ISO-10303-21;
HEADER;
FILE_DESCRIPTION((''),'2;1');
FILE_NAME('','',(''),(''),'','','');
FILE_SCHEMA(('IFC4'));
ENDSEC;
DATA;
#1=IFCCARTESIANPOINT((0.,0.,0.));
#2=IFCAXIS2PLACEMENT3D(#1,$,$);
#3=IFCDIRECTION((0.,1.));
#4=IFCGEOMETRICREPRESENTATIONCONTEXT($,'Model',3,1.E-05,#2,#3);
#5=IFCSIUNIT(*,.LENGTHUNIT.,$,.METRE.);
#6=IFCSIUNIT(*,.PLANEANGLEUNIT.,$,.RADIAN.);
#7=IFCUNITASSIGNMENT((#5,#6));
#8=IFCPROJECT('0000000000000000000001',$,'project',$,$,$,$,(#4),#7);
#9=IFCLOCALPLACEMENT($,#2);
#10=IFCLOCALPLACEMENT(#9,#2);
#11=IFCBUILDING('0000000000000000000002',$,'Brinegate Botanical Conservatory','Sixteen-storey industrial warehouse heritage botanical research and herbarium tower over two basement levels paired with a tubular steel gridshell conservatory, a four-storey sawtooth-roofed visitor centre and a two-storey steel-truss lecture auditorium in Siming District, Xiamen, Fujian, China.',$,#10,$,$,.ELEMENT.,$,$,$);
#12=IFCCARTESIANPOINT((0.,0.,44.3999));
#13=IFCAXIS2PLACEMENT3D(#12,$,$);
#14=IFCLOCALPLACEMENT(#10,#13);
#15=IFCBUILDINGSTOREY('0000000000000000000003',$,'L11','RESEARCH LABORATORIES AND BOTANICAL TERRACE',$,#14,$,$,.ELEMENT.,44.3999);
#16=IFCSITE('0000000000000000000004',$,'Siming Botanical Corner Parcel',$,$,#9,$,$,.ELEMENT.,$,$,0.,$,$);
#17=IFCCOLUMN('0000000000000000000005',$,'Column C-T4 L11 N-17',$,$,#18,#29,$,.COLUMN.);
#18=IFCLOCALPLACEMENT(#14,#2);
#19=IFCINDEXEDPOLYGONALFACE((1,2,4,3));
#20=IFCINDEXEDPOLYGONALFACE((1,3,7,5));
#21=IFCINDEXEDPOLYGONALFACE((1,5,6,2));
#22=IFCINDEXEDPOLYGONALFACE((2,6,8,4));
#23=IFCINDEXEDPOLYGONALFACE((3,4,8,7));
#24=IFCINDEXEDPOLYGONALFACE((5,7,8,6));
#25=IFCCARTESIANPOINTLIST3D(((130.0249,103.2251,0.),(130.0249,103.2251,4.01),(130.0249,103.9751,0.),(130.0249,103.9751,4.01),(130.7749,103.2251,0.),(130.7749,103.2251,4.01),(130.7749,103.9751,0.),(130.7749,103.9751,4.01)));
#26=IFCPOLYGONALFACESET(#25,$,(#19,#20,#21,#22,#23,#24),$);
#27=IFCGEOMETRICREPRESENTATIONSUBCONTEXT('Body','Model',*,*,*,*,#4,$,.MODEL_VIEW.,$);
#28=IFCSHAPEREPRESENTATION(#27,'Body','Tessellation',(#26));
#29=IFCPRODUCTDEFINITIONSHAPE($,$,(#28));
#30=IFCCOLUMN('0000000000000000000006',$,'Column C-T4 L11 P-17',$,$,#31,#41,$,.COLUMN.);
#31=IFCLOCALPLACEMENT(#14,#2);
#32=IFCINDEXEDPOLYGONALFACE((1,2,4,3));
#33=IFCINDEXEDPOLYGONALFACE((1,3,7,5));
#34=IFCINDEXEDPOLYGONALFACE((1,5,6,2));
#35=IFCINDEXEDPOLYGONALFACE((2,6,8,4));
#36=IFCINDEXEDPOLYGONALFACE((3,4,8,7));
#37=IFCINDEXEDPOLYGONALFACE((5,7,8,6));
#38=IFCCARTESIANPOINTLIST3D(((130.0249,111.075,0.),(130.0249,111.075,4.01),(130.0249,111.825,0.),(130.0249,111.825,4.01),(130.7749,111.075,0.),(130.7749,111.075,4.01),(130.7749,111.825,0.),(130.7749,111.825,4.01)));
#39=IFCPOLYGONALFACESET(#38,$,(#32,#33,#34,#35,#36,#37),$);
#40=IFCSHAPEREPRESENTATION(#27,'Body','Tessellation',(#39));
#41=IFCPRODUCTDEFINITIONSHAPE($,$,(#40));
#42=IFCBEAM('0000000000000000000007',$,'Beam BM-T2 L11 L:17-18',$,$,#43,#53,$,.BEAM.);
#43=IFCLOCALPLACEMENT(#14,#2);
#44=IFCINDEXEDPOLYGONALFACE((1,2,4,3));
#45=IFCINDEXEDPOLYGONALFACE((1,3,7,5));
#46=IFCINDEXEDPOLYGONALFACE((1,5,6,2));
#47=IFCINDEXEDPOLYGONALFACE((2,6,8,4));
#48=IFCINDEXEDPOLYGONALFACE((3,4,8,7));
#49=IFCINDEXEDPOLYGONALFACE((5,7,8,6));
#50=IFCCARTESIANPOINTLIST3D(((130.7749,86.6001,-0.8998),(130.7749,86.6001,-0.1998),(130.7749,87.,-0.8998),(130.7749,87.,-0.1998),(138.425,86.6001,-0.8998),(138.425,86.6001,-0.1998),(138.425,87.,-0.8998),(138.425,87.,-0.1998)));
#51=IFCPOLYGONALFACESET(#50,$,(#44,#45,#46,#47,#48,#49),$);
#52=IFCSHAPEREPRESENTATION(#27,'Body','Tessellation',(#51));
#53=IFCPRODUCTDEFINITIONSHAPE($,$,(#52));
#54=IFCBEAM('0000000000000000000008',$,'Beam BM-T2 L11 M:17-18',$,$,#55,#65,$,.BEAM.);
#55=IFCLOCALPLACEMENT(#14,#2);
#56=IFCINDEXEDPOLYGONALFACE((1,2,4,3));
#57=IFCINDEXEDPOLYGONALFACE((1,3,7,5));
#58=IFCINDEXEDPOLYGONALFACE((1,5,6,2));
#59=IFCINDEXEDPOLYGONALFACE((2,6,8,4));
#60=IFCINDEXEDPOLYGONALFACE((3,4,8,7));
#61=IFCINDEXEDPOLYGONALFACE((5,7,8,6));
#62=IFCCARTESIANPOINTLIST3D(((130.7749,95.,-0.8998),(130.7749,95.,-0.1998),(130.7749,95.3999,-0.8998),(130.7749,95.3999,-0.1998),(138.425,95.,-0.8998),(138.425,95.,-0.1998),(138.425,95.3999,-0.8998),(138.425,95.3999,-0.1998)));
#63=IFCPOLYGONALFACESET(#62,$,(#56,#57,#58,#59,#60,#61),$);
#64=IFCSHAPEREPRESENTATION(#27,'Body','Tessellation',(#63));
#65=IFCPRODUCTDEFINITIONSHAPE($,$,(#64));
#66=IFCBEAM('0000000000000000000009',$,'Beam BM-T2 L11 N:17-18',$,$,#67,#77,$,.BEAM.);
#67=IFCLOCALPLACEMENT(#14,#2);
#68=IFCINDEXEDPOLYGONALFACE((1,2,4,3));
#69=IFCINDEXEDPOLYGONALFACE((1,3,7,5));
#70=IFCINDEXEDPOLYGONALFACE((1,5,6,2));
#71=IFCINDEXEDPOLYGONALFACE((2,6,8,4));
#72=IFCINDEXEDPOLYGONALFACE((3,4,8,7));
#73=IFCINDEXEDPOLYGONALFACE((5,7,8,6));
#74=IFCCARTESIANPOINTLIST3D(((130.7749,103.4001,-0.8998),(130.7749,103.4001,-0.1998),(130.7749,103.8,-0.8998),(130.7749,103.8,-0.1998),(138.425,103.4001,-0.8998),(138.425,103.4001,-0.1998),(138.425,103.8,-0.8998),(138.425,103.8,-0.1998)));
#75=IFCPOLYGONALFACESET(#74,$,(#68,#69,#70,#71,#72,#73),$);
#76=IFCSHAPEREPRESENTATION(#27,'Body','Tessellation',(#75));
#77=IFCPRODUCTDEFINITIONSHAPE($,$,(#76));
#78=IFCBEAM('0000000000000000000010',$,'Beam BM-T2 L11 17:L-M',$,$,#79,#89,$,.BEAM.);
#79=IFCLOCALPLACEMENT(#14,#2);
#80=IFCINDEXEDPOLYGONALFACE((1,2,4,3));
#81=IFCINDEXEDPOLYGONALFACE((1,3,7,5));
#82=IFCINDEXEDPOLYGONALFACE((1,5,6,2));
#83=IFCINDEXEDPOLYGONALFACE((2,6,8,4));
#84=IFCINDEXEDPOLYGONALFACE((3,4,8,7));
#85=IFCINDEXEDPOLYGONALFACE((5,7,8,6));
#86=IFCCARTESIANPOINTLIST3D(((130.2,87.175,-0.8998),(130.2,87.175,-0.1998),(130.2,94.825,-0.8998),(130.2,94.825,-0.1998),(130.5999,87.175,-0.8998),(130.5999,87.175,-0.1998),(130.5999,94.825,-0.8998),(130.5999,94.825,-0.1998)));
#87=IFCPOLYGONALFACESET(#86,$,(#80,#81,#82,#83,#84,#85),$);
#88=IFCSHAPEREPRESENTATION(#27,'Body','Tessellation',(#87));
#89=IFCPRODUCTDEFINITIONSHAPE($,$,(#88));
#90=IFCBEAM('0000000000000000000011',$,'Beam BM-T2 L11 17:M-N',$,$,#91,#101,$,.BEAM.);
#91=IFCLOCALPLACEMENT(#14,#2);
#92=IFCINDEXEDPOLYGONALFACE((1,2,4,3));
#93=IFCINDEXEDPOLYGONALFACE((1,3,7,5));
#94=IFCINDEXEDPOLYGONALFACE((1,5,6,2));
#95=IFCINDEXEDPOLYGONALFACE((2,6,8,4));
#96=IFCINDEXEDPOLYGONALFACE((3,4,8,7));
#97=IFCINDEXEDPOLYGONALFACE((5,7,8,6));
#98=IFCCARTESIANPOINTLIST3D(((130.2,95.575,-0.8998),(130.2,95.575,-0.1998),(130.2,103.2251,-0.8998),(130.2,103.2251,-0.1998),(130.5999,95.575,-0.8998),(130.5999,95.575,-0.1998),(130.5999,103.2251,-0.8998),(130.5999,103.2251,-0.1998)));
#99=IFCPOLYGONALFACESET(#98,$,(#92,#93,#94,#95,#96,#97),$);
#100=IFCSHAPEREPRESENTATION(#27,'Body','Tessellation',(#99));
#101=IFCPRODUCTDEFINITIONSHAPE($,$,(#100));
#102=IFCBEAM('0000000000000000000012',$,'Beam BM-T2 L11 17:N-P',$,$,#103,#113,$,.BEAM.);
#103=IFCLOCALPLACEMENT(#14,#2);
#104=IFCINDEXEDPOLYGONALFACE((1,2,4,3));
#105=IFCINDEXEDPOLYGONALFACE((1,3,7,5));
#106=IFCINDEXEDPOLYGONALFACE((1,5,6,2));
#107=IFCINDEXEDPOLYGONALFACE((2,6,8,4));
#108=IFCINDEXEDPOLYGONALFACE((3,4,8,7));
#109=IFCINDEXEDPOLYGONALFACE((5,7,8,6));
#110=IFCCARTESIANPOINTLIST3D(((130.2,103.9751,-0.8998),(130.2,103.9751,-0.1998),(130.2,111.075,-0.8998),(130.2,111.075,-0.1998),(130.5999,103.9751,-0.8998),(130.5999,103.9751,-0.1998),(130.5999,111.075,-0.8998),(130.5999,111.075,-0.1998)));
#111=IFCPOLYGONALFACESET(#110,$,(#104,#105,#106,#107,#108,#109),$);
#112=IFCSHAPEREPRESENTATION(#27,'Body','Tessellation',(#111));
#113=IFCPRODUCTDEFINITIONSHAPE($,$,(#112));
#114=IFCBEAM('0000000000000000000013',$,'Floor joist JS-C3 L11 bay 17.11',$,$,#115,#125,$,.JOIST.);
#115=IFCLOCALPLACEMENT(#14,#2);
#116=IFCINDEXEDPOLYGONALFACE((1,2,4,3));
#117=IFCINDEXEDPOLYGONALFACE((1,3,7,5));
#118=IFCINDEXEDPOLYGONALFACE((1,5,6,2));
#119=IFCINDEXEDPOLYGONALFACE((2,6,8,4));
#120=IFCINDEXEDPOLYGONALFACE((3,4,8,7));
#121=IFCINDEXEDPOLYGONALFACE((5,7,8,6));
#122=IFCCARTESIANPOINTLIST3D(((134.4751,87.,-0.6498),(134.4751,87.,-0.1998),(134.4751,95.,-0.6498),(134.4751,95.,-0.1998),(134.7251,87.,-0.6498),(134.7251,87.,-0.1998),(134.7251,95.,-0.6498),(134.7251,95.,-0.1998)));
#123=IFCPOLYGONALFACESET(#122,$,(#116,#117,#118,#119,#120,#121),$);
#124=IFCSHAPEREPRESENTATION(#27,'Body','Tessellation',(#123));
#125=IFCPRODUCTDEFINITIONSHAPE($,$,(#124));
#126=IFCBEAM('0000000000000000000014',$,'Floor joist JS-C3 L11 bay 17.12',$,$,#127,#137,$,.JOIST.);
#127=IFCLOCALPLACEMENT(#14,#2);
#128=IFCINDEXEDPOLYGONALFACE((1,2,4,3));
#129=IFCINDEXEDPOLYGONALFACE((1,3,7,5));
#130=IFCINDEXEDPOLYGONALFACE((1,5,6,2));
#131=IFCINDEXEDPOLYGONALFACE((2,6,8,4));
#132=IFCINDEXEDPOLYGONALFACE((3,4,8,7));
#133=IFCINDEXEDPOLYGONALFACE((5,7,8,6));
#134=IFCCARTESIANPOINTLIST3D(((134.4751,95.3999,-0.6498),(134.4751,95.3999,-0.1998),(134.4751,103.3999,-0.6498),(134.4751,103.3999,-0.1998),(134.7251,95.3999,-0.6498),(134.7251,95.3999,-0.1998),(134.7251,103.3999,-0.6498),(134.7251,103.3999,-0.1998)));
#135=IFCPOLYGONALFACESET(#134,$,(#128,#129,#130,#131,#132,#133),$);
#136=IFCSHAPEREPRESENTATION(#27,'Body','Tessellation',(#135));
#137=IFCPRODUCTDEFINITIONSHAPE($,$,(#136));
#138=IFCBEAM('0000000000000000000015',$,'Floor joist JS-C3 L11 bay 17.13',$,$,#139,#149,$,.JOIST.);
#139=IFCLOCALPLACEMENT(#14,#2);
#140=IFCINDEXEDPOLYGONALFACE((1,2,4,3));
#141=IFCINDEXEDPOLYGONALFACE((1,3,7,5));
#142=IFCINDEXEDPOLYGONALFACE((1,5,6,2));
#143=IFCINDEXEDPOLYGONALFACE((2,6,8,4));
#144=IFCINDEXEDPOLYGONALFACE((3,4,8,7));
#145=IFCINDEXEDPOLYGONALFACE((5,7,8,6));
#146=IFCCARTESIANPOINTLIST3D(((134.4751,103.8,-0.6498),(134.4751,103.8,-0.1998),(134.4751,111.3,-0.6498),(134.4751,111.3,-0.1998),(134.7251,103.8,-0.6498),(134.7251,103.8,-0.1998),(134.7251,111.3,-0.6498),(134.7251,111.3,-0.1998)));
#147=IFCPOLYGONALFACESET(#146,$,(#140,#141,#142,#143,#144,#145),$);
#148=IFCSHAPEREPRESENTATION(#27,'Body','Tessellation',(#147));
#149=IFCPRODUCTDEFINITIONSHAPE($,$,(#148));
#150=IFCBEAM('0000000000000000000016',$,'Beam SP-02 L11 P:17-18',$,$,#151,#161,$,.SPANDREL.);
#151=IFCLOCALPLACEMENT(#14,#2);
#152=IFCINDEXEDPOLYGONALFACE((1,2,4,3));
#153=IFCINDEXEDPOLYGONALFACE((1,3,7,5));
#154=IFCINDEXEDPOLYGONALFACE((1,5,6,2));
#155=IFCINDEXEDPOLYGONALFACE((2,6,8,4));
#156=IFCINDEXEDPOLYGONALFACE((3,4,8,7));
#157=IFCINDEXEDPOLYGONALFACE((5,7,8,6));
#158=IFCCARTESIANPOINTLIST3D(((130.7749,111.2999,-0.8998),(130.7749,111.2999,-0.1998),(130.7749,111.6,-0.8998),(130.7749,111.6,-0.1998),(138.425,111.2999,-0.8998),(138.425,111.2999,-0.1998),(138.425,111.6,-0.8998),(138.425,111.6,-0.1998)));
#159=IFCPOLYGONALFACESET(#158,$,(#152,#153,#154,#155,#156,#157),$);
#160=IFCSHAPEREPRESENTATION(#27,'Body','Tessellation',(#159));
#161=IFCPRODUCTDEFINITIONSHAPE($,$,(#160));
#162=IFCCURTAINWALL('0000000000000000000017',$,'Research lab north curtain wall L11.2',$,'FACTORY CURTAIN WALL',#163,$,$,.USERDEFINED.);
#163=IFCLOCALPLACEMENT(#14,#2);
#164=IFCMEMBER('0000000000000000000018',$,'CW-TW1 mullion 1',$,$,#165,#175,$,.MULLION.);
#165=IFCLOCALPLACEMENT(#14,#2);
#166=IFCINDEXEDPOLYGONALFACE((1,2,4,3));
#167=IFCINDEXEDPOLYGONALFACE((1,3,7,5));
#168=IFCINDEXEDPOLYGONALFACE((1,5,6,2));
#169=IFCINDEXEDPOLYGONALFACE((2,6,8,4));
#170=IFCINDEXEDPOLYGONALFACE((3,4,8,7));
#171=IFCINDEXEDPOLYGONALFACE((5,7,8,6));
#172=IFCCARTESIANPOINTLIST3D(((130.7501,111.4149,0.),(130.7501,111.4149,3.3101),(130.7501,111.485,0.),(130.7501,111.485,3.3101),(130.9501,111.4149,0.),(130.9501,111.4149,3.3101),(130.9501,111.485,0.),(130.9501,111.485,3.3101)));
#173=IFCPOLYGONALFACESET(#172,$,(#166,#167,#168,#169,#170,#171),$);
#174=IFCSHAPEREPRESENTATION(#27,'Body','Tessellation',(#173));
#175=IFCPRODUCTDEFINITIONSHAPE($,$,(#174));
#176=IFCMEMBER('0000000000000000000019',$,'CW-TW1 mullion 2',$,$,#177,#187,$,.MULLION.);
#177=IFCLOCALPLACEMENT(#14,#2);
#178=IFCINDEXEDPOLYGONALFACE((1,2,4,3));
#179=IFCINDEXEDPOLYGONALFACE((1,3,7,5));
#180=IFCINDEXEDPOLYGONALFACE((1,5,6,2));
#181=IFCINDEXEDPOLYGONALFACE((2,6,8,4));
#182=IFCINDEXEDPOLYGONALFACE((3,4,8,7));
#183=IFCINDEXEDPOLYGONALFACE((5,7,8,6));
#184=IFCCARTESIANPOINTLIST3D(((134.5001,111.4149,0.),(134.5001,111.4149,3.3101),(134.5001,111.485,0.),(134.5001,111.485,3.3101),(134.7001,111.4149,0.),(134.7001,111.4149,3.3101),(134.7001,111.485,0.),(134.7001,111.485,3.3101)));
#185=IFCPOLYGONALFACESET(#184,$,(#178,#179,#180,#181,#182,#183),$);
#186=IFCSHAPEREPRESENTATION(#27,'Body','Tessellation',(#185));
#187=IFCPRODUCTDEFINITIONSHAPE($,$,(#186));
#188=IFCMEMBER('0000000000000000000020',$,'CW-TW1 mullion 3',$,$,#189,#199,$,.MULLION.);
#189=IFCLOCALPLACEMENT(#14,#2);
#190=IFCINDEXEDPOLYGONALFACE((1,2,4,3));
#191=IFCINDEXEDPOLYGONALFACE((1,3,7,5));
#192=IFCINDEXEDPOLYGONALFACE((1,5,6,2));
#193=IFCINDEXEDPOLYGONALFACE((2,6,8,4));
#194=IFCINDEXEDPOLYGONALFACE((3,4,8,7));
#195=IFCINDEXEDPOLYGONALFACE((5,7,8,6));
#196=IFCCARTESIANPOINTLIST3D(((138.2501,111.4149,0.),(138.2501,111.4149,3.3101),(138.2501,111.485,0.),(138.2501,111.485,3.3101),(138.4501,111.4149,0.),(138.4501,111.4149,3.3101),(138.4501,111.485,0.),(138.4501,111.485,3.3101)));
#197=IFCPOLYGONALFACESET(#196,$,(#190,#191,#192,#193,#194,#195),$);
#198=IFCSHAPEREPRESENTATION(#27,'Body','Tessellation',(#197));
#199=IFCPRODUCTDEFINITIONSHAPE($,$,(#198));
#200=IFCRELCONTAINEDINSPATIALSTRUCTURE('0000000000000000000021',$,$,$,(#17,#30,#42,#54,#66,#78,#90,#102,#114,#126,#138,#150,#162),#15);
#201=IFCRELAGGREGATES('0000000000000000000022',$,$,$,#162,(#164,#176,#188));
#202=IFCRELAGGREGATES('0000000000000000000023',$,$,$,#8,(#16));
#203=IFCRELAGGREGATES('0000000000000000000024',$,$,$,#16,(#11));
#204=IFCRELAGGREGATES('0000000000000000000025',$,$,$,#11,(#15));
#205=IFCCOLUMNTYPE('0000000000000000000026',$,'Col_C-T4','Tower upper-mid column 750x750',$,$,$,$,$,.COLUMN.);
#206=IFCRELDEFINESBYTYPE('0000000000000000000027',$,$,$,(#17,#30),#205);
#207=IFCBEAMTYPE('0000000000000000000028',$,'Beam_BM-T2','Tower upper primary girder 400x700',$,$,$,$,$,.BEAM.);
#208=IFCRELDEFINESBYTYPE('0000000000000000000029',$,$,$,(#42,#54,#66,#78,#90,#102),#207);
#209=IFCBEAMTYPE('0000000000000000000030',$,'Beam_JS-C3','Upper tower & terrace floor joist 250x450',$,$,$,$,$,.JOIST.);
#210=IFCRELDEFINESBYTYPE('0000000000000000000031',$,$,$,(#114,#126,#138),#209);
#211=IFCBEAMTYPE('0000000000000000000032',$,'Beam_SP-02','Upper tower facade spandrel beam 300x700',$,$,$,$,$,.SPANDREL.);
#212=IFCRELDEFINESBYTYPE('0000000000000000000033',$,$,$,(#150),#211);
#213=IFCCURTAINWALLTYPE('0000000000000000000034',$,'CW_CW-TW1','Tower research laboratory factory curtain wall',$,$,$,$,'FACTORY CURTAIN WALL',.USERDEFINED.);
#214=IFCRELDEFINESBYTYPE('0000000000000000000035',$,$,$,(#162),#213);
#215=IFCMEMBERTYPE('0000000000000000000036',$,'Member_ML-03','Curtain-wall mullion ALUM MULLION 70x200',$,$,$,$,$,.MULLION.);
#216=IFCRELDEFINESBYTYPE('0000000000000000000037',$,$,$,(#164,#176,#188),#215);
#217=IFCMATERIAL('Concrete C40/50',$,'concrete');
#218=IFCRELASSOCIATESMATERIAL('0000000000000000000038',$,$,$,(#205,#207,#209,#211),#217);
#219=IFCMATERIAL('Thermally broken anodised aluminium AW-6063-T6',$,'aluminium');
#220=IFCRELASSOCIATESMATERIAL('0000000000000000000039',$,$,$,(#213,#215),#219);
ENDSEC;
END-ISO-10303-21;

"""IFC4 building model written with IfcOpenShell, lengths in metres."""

from ifc_helpers import new_model, si_unit, direction, frame, origin, origin_2d, place, context, subcontext, project, spatial, rectangle, extrude, material, material_profile, profile_set, type_object, element, aggregate, save


model = new_model("IFC4")

# Units and contexts
model_context = context("Model", 3, precision=1e-05, world=origin(), true_north=direction((0.0, 1.0)))
body_context = subcontext(model_context, "Body", "Model", "MODEL_VIEW")
ifc_project = project(units=[si_unit("LENGTHUNIT", "METRE"), si_unit("PLANEANGLEUNIT", "RADIAN")], contexts=[model_context])

# Site, building, storey
site_placement = place(None, origin())
site = spatial("IfcSite", under=ifc_project, at=site_placement, Name="Siming Botanical Corner Parcel", CompositionType="ELEMENT", RefElevation=0.0)
building_placement = place(site_placement, origin())
building = spatial("IfcBuilding", under=site, at=building_placement, Name="Brinegate Botanical Conservatory", Description="Sixteen-storey industrial warehouse heritage botanical research and herbarium tower over two basement levels paired with a tubular steel gridshell conservatory, a four-storey sawtooth-roofed visitor centre and a two-storey steel-truss lecture auditorium in Siming District, Xiamen, Fujian, China.", CompositionType="ELEMENT")
storey_placement = place(building_placement, frame((0.0, 0.0, 44.3999)))
storey = spatial("IfcBuildingStorey", under=building, at=storey_placement, Name="L11", Description="RESEARCH LABORATORIES AND BOTANICAL TERRACE", CompositionType="ELEMENT", Elevation=44.3999)

# Columns
ifc_material_1 = material(Name="Concrete C40/50", Category="concrete")
ifc_material_profile_1 = material_profile(ifc_material_1, rectangle(XDim=0.75, YDim=0.75, at=origin_2d()), Name="RC COL 750x750")
ifc_profile_set_1 = profile_set([ifc_material_profile_1], Name="Concrete C40/50")
column_type = type_object("IfcColumnType", Name="Col_C-T4", Description="Tower upper-mid column 750x750", PredefinedType="COLUMN", material=ifc_profile_set_1)
for number, where, z_axis, x_axis, name in (
    (1, (130.3999, 103.6001, 0.0), (0.0, 0.0, 1.0), (1.0, 0.0, 0.0), "Column C-T4 L11 N-17"),
    (2, (130.3999, 111.45, 0.0), (0.0, 0.0, 1.0), (1.0, 0.0, 0.0), "Column C-T4 L11 P-17"),
):
    element("IfcColumn", number, at=place(storey_placement, frame(where, z_axis=z_axis, x_axis=x_axis)), inside=storey, type_object=column_type, Name=name, PredefinedType="COLUMN", context=body_context, shape_type="SweptSolid", body=[
        extrude(rectangle(XDim=0.75, YDim=0.75, at=origin_2d()), origin(), (0.0, 0.0, 1.0), 4.01),
    ])

# Beams
ifc_material_profile_2 = material_profile(ifc_material_1, rectangle(XDim=0.3999, YDim=0.7, at=origin_2d()), Name="RC BM 400x700")
ifc_profile_set_2 = profile_set([ifc_material_profile_2], Name="Concrete C40/50")
beam_type_1 = type_object("IfcBeamType", Name="Beam_BM-T2", Description="Tower upper primary girder 400x700", PredefinedType="BEAM", material=ifc_profile_set_2)
for number, where, z_axis, x_axis, name in (
    (3, (130.7749, 86.8, -0.5498), (1.0, 0.0, 0.0), (0.0, 1.0, 0.0), "Beam BM-T2 L11 L:17-18"),
    (4, (130.7749, 95.2, -0.5498), (1.0, 0.0, 0.0), (0.0, 1.0, 0.0), "Beam BM-T2 L11 M:17-18"),
    (5, (130.7749, 103.6001, -0.5498), (1.0, 0.0, 0.0), (0.0, 1.0, 0.0), "Beam BM-T2 L11 N:17-18"),
):
    element("IfcBeam", number, at=place(storey_placement, frame(where, z_axis=z_axis, x_axis=x_axis)), inside=storey, type_object=beam_type_1, Name=name, PredefinedType="BEAM", context=body_context, shape_type="SweptSolid", body=[
        extrude(rectangle(XDim=0.3999, YDim=0.7, at=origin_2d()), origin(), (0.0, 0.0, 1.0), 7.6501),
    ])
beam_1_placement = place(storey_placement, frame((130.3999, 87.175, -0.5498), z_axis=(0.0, 1.0, 0.0), x_axis=(-1.0, 0.0, 0.0)))
element("IfcBeam", 6, at=beam_1_placement, inside=storey, type_object=beam_type_1, Name="Beam BM-T2 L11 17:L-M", PredefinedType="BEAM", context=body_context, shape_type="SweptSolid", body=[
    extrude(rectangle(XDim=0.3999, YDim=0.7, at=origin_2d()), origin(), (0.0, 0.0, 1.0), 7.6499),
])
beam_2_placement = place(storey_placement, frame((130.3999, 95.575, -0.5498), z_axis=(0.0, 1.0, 0.0), x_axis=(-1.0, 0.0, 0.0)))
element("IfcBeam", 7, at=beam_2_placement, inside=storey, type_object=beam_type_1, Name="Beam BM-T2 L11 17:M-N", PredefinedType="BEAM", context=body_context, shape_type="SweptSolid", body=[
    extrude(rectangle(XDim=0.3999, YDim=0.7, at=origin_2d()), origin(), (0.0, 0.0, 1.0), 7.6501),
])
beam_3_placement = place(storey_placement, frame((130.3999, 103.9751, -0.5498), z_axis=(0.0, 1.0, 0.0), x_axis=(-1.0, 0.0, 0.0)))
element("IfcBeam", 8, at=beam_3_placement, inside=storey, type_object=beam_type_1, Name="Beam BM-T2 L11 17:N-P", PredefinedType="BEAM", context=body_context, shape_type="SweptSolid", body=[
    extrude(rectangle(XDim=0.3999, YDim=0.7, at=origin_2d()), origin(), (0.0, 0.0, 1.0), 7.0999),
])
ifc_material_profile_3 = material_profile(ifc_material_1, rectangle(XDim=0.25, YDim=0.45, at=origin_2d()), Name="RC JST 250x450")
ifc_profile_set_3 = profile_set([ifc_material_profile_3], Name="Concrete C40/50")
beam_type_2 = type_object("IfcBeamType", Name="Beam_JS-C3", Description="Upper tower & terrace floor joist 250x450", PredefinedType="JOIST", material=ifc_profile_set_3)
for number, where, z_axis, x_axis, name in (
    (9, (134.6001, 87.0, -0.4248), (0.0, 1.0, 0.0), (-1.0, 0.0, 0.0), "Floor joist JS-C3 L11 bay 17.11"),
    (10, (134.6001, 95.3999, -0.4248), (0.0, 1.0, 0.0), (-1.0, 0.0, 0.0), "Floor joist JS-C3 L11 bay 17.12"),
):
    element("IfcBeam", number, at=place(storey_placement, frame(where, z_axis=z_axis, x_axis=x_axis)), inside=storey, type_object=beam_type_2, Name=name, PredefinedType="JOIST", context=body_context, shape_type="SweptSolid", body=[
        extrude(rectangle(XDim=0.25, YDim=0.45, at=origin_2d()), origin(), (0.0, 0.0, 1.0), 8.0),
    ])
beam_4_placement = place(storey_placement, frame((134.6001, 103.8, -0.4248), z_axis=(0.0, 1.0, 0.0), x_axis=(-1.0, 0.0, 0.0)))
element("IfcBeam", 11, at=beam_4_placement, inside=storey, type_object=beam_type_2, Name="Floor joist JS-C3 L11 bay 17.13", PredefinedType="JOIST", context=body_context, shape_type="SweptSolid", body=[
    extrude(rectangle(XDim=0.25, YDim=0.45, at=origin_2d()), origin(), (0.0, 0.0, 1.0), 7.5),
])
ifc_material_profile_4 = material_profile(ifc_material_1, rectangle(XDim=0.3, YDim=0.7, at=origin_2d()), Name="RC SPN 300x700")
ifc_profile_set_4 = profile_set([ifc_material_profile_4], Name="Concrete C40/50")
beam_type_3 = type_object("IfcBeamType", Name="Beam_SP-02", Description="Upper tower facade spandrel beam 300x700", PredefinedType="SPANDREL", material=ifc_profile_set_4)
beam_5_placement = place(storey_placement, frame((130.7749, 111.45, -0.5498), z_axis=(1.0, 0.0, 0.0), x_axis=(0.0, 1.0, 0.0)))
element("IfcBeam", 12, at=beam_5_placement, inside=storey, type_object=beam_type_3, Name="Beam SP-02 L11 P:17-18", PredefinedType="SPANDREL", context=body_context, shape_type="SweptSolid", body=[
    extrude(rectangle(XDim=0.3, YDim=0.7, at=origin_2d()), origin(), (0.0, 0.0, 1.0), 7.6501),
])

# Curtain wall, members
ifc_material_2 = material(Name="Thermally broken anodised aluminium AW-6063-T6", Category="aluminium")
curtain_wall_type = type_object("IfcCurtainWallType", Name="CW_CW-TW1", Description="Tower research laboratory factory curtain wall", ElementType="FACTORY CURTAIN WALL", PredefinedType="USERDEFINED", material=ifc_material_2)
curtain_wall_placement = place(storey_placement, origin())
curtain_wall = element("IfcCurtainWall", 13, at=curtain_wall_placement, inside=storey, type_object=curtain_wall_type, Name="Research lab north curtain wall L11.2", ObjectType="FACTORY CURTAIN WALL", PredefinedType="USERDEFINED")
ifc_material_profile_5 = material_profile(ifc_material_2, rectangle(XDim=0.0701, YDim=0.2, at=origin_2d()), Name="ALUM MULLION 70x200")
ifc_profile_set_5 = profile_set([ifc_material_profile_5], Name="Thermally broken anodised aluminium AW-6063-T6")
member_type_1 = type_object("IfcMemberType", Name="Member_ML-03", Description="Curtain-wall mullion ALUM MULLION 70x200", PredefinedType="MULLION", material=ifc_profile_set_5)
member_1_placement = place(storey_placement, frame((130.8501, 111.45, 0.0), z_axis=(0.0, 0.0, 1.0), x_axis=(0.0, 1.0, 0.0)))
member_1 = element("IfcMember", 14, at=member_1_placement, type_object=member_type_1, Name="CW-TW1 mullion 1", PredefinedType="MULLION", context=body_context, shape_type="SweptSolid", body=[
    extrude(rectangle(XDim=0.0701, YDim=0.2, at=origin_2d()), origin(), (0.0, 0.0, 1.0), 3.3101),
])
member_2_placement = place(storey_placement, frame((134.6001, 111.45, 0.0), z_axis=(0.0, 0.0, 1.0), x_axis=(0.0, 1.0, 0.0)))
member_2 = element("IfcMember", 15, at=member_2_placement, type_object=member_type_1, Name="CW-TW1 mullion 2", PredefinedType="MULLION", context=body_context, shape_type="SweptSolid", body=[
    extrude(rectangle(XDim=0.0701, YDim=0.2, at=origin_2d()), origin(), (0.0, 0.0, 1.0), 3.3101),
])
member_3_placement = place(storey_placement, frame((138.3501, 111.45, 0.0), z_axis=(0.0, 0.0, 1.0), x_axis=(0.0, 1.0, 0.0)))
member_3 = element("IfcMember", 16, at=member_3_placement, type_object=member_type_1, Name="CW-TW1 mullion 3", PredefinedType="MULLION", context=body_context, shape_type="SweptSolid", body=[
    extrude(rectangle(XDim=0.0701, YDim=0.2, at=origin_2d()), origin(), (0.0, 0.0, 1.0), 3.3101),
])
aggregate(curtain_wall, [member_1, member_2, member_3])

save(model, "model.ifc")
